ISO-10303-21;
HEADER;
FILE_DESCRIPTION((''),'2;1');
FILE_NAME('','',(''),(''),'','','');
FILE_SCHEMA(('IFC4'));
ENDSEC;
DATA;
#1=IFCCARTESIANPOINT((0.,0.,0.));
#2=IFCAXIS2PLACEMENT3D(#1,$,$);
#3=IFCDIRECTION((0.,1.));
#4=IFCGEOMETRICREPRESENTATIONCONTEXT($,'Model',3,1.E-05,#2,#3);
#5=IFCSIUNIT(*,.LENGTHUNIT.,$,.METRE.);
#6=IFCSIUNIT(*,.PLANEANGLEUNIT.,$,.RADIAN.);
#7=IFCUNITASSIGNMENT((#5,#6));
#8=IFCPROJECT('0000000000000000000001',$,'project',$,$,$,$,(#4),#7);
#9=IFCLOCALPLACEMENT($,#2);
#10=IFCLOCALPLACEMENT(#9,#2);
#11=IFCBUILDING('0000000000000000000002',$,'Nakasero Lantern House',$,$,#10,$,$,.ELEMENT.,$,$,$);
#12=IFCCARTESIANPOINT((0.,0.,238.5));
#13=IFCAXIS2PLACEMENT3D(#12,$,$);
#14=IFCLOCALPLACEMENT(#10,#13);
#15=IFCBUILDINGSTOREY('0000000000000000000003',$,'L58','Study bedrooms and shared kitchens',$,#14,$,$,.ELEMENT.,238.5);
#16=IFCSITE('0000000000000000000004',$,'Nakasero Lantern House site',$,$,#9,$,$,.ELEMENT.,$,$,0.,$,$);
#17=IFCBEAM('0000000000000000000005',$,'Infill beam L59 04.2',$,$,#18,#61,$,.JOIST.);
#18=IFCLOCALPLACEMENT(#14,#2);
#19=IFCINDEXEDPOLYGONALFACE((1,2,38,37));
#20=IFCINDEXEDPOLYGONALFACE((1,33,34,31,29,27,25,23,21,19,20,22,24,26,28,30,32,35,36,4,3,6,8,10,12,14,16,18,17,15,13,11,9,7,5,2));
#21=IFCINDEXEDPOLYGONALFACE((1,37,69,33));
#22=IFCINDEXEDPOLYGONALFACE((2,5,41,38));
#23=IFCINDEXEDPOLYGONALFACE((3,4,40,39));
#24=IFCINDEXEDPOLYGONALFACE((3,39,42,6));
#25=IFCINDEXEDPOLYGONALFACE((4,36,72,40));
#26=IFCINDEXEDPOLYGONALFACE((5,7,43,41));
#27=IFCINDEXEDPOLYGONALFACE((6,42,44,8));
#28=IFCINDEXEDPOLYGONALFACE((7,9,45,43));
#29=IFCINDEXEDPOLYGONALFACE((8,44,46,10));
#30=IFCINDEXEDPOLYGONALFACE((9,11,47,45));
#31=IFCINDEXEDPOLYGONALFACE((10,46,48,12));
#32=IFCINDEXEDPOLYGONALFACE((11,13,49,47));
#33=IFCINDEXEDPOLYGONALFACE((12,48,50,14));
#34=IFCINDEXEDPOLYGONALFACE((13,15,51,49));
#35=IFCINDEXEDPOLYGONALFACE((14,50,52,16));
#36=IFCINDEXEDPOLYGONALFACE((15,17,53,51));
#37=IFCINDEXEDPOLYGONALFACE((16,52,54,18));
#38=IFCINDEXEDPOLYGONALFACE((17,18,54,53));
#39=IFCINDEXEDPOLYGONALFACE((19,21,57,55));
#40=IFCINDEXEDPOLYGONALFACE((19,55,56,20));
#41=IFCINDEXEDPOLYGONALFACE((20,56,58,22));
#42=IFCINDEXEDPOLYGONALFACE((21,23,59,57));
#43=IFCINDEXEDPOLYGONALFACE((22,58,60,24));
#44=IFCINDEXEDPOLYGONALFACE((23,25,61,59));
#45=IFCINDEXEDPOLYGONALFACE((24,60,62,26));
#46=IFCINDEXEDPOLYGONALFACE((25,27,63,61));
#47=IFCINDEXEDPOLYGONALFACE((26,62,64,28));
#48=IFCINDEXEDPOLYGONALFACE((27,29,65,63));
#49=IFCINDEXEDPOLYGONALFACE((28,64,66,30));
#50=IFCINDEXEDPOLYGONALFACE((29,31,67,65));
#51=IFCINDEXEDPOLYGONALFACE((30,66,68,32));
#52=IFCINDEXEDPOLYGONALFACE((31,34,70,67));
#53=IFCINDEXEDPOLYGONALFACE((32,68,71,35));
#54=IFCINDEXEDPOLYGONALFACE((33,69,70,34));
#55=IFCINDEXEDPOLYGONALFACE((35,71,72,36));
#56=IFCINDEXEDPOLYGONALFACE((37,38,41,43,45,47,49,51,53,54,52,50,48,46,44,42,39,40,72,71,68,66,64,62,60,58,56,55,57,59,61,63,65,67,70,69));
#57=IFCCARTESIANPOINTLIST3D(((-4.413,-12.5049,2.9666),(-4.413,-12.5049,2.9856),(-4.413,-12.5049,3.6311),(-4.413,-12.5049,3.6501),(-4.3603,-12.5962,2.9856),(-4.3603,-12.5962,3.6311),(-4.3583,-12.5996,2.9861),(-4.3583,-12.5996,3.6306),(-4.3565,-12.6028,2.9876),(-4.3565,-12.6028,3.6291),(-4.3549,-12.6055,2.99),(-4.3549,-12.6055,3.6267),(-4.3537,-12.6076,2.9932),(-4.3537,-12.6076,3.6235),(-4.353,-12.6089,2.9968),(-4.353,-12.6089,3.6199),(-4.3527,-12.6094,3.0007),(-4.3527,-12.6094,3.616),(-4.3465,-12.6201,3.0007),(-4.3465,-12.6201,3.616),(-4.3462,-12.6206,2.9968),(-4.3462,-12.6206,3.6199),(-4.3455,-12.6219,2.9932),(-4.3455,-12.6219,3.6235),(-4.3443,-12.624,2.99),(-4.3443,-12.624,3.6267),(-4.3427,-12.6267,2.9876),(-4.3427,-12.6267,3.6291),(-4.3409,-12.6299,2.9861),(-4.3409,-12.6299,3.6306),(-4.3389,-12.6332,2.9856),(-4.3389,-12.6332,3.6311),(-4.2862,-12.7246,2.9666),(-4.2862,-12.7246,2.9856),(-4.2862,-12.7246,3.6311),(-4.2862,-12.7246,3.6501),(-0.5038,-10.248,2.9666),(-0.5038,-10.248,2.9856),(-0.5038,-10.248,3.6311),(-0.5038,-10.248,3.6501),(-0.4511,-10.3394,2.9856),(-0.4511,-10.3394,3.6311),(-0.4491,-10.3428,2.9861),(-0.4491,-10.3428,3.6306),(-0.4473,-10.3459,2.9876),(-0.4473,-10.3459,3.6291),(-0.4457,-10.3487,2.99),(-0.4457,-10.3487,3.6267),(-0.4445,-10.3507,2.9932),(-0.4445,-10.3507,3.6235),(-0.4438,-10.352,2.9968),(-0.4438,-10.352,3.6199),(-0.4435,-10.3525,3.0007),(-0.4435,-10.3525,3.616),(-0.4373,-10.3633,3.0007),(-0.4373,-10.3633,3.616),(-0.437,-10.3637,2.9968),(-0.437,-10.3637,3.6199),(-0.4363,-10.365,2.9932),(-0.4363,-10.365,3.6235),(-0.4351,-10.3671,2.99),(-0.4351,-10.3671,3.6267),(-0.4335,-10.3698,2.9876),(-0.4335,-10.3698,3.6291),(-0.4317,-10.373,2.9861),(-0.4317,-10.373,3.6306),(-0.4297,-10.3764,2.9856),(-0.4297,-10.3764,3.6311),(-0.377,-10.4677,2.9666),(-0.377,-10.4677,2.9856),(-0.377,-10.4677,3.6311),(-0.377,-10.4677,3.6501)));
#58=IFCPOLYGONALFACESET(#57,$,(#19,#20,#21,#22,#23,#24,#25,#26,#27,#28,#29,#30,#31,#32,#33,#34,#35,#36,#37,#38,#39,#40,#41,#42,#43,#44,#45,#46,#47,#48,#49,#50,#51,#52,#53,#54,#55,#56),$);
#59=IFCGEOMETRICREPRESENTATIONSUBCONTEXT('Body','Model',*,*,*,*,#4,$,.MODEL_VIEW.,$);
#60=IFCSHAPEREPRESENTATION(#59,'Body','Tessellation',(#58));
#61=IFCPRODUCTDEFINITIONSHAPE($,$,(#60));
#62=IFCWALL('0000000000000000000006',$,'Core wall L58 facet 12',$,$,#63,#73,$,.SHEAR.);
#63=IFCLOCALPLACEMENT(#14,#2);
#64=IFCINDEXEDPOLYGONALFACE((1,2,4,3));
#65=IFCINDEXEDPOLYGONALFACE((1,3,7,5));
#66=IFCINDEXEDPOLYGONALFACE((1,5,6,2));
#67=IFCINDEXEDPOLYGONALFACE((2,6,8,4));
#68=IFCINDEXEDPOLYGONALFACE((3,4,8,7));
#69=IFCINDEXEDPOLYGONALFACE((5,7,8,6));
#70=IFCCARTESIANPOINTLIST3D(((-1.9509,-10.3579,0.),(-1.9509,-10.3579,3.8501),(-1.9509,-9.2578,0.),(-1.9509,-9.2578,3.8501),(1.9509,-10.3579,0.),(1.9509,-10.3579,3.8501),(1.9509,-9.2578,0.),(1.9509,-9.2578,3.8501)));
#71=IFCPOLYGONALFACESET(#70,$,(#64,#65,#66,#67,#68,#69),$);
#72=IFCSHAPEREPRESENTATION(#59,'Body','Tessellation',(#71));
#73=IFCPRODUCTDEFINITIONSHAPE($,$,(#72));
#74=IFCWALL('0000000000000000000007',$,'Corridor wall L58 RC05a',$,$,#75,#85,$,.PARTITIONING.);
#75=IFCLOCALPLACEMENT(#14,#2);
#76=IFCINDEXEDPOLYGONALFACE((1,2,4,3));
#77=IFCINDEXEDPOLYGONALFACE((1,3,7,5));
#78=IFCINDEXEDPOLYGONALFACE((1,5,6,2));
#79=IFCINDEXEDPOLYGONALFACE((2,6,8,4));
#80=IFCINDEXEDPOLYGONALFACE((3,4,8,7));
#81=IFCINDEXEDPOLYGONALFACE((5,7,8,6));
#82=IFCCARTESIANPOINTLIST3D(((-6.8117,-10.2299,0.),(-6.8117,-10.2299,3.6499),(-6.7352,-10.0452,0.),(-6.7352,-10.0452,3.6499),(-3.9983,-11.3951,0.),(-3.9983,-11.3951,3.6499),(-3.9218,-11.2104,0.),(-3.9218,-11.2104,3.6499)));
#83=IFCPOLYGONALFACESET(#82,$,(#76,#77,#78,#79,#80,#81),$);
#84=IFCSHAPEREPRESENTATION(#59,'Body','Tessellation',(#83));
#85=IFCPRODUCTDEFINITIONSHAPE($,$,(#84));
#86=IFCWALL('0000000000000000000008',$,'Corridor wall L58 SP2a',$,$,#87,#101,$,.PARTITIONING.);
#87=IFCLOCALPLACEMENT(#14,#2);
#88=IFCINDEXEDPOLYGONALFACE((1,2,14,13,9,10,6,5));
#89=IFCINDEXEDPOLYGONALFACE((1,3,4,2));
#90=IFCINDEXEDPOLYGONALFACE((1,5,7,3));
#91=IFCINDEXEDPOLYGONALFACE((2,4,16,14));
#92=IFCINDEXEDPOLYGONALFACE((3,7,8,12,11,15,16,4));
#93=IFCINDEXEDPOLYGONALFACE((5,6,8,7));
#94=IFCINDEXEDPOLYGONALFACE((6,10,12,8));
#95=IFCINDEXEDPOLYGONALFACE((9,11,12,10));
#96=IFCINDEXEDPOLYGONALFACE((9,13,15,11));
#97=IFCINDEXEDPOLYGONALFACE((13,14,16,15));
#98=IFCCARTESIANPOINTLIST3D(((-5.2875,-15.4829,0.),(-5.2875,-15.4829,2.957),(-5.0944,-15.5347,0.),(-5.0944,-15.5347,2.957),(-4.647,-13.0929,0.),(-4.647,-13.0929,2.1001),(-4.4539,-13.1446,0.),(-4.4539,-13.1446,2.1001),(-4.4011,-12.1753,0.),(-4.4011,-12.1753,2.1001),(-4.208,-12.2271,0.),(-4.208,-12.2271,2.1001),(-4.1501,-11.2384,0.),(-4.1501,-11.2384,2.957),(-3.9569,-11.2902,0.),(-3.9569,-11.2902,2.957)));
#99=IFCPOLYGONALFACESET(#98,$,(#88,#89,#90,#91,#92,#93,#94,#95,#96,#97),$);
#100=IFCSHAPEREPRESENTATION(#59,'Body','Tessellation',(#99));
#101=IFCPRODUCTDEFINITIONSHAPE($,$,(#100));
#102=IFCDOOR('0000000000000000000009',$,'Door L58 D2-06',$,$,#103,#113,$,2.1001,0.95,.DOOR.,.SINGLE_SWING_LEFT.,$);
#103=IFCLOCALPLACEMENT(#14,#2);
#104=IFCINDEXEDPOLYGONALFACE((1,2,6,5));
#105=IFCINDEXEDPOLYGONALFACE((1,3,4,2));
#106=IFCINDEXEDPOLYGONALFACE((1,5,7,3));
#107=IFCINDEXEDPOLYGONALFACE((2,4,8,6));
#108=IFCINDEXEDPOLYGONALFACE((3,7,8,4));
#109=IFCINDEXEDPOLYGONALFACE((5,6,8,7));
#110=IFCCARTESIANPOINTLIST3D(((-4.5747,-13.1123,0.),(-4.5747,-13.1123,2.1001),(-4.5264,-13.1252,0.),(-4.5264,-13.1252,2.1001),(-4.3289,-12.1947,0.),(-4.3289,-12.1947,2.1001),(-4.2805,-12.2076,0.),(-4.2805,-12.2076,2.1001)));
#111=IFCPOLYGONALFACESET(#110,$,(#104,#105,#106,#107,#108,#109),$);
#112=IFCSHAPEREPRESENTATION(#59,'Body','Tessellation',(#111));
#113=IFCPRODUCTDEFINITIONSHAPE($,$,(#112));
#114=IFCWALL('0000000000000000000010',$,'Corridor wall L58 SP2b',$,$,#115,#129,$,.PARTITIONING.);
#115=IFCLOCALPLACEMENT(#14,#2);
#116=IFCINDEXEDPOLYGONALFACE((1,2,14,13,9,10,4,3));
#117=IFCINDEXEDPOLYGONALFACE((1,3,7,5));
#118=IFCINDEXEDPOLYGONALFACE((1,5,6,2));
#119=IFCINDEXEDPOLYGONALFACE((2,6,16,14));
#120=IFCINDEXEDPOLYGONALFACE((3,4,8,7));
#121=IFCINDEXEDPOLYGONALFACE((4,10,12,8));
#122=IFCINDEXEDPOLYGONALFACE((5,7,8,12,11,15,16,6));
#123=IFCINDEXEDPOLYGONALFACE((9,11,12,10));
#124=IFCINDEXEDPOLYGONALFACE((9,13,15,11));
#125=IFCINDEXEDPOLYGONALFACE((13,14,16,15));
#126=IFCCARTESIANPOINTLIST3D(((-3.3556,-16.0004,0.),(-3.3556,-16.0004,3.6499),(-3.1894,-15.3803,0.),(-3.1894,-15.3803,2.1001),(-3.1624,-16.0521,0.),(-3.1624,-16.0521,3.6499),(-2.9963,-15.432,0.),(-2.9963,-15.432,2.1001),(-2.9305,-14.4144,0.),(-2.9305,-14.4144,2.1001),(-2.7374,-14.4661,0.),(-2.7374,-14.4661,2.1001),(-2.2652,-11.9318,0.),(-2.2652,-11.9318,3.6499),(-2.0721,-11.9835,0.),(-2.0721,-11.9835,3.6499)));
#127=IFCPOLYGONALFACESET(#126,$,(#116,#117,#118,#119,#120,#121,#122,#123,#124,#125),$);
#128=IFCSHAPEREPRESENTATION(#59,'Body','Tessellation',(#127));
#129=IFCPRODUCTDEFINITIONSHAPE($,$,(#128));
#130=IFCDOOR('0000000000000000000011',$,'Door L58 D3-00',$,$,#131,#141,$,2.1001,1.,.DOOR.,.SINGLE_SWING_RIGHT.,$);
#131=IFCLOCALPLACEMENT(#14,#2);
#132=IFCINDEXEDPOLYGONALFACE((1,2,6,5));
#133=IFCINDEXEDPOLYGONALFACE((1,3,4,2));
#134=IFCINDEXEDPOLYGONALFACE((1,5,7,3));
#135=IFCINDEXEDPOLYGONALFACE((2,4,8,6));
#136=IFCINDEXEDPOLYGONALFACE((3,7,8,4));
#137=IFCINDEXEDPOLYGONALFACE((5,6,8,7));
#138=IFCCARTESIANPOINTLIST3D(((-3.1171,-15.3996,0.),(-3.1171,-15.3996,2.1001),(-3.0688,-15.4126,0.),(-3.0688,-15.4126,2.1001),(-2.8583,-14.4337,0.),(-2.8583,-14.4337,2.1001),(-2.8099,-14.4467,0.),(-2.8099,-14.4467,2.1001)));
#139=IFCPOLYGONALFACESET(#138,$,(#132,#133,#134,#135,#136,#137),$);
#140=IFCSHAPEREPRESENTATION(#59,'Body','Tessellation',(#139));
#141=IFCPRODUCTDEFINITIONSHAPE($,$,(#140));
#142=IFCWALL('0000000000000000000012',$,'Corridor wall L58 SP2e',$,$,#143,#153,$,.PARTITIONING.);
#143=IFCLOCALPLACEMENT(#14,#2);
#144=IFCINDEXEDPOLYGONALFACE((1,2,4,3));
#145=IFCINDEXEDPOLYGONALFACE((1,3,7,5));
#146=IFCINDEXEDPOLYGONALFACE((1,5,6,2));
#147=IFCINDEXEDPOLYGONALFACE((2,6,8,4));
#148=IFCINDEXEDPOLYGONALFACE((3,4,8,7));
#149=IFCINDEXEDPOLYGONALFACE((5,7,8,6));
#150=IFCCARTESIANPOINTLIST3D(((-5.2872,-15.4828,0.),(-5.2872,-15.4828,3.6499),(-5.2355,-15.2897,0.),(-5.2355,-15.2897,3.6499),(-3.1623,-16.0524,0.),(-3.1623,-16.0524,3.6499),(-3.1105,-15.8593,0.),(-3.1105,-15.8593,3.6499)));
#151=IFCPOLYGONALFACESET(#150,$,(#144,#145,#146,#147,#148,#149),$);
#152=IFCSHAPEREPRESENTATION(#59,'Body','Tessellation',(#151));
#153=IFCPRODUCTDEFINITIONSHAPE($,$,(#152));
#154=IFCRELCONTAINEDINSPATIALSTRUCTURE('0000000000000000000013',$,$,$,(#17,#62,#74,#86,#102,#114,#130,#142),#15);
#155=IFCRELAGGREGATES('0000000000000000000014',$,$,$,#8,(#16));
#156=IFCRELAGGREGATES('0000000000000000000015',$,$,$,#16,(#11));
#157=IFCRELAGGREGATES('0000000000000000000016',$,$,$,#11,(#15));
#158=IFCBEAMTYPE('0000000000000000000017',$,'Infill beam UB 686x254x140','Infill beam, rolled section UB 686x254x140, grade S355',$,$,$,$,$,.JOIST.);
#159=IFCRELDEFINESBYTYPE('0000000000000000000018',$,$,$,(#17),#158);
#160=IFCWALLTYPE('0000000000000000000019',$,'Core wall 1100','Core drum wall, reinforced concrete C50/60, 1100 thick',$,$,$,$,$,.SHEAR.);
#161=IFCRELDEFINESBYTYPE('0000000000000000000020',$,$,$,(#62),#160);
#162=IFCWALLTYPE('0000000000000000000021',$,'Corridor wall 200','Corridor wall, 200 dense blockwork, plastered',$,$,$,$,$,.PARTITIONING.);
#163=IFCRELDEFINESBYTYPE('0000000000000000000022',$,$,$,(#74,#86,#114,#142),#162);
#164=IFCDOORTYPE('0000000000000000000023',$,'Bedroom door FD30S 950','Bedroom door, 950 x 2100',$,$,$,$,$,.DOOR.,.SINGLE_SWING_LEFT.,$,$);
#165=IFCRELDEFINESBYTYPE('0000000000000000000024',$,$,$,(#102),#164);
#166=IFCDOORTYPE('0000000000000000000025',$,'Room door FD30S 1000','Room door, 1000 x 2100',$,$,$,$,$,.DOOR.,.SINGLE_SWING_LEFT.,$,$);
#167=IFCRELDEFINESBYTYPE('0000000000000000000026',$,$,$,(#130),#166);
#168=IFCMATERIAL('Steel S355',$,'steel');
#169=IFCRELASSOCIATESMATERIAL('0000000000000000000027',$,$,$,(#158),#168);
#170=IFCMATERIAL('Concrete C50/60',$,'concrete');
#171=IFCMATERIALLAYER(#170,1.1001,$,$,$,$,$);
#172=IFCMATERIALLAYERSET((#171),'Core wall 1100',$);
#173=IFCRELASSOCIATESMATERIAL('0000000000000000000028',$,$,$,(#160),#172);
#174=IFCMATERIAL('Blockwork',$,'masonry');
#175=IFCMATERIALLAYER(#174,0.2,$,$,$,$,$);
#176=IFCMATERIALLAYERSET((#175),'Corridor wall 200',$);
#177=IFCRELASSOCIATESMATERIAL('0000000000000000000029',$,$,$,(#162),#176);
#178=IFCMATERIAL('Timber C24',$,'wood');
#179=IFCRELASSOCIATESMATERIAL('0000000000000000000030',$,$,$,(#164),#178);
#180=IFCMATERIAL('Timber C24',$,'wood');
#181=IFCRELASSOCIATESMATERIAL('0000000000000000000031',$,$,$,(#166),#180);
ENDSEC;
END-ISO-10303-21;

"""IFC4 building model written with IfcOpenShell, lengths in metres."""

from ifc_helpers import new_model, si_unit, direction, frame, frame_2d, origin, origin_2d, place, context, subcontext, project, spatial, rectangle, i_section, extrude, material, layer, layer_set, material_profile, profile_set, type_object, element, fill, save


model = new_model("IFC4")

# Units and contexts
model_context = context("Model", 3, precision=1e-05, world=origin(), true_north=direction((0.0, 1.0)))
body_context = subcontext(model_context, "Body", "Model", "MODEL_VIEW")
ifc_project = project(units=[si_unit("LENGTHUNIT", "METRE"), si_unit("PLANEANGLEUNIT", "RADIAN")], contexts=[model_context])

# Site, building, storey
site_placement = place(None, origin())
site = spatial("IfcSite", under=ifc_project, at=site_placement, Name="Nakasero Lantern House site", CompositionType="ELEMENT", RefElevation=0.0)
building_placement = place(site_placement, origin())
building = spatial("IfcBuilding", under=site, at=building_placement, Name="Nakasero Lantern House", CompositionType="ELEMENT")
storey_placement = place(building_placement, frame((0.0, 0.0, 238.5)))
storey = spatial("IfcBuildingStorey", under=building, at=storey_placement, Name="L58", Description="Study bedrooms and shared kitchens", CompositionType="ELEMENT", Elevation=238.5)

# Beam
ifc_material_1 = material(Name="Steel S355", Category="steel")
ifc_material_profile = material_profile(ifc_material_1, i_section(OverallWidth=0.2537, OverallDepth=0.6836, WebThickness=0.0125, FlangeThickness=0.019, FilletRadius=0.0151, at=origin_2d()), Name="UB 686x254x140")
ifc_profile_set = profile_set([ifc_material_profile], Name="Steel S355")
beam_type = type_object("IfcBeamType", Name="Infill beam UB 686x254x140", Description="Infill beam, rolled section UB 686x254x140, grade S355", PredefinedType="JOIST", material=ifc_profile_set)
beam_placement = place(storey_placement, frame((-4.3496, -12.6147, 3.3083), z_axis=(0.866038, 0.499978, 0.0), x_axis=(-0.499978, 0.866038, 0.0)))
element("IfcBeam", 1, at=beam_placement, inside=storey, type_object=beam_type, Name="Infill beam L59 04.2", PredefinedType="JOIST", context=body_context, shape_type="SweptSolid", body=[
    extrude(i_section(OverallWidth=0.2537, OverallDepth=0.6836, WebThickness=0.0125, FlangeThickness=0.019, FilletRadius=0.0151, at=origin_2d()), origin(), (0.0, 0.0, 1.0), 4.5139),
])

# Walls
ifc_material_2 = material(Name="Concrete C50/60", Category="concrete")
ifc_layer_1 = layer(ifc_material_2, 1.1001)
ifc_layer_set_1 = layer_set([ifc_layer_1], Name="Core wall 1100")
wall_type_1 = type_object("IfcWallType", Name="Core wall 1100", Description="Core drum wall, reinforced concrete C50/60, 1100 thick", PredefinedType="SHEAR", material=ifc_layer_set_1)
wall_1_placement = place(storey_placement, frame((-1.9509, -9.8079, 0.0), z_axis=(0.0, 0.0, 1.0), x_axis=(1.0, 0.0, 0.0)))
element("IfcWall", 2, at=wall_1_placement, inside=storey, type_object=wall_type_1, Name="Core wall L58 facet 12", PredefinedType="SHEAR", context=body_context, shape_type="SweptSolid", body=[
    extrude(rectangle(XDim=3.9019, YDim=1.1001, at=frame_2d((1.9509, 0.0))), origin(), (0.0, 0.0, 1.0), 3.8501),
])
ifc_material_3 = material(Name="Blockwork", Category="masonry")
ifc_layer_2 = layer(ifc_material_3, 0.2)
ifc_layer_set_2 = layer_set([ifc_layer_2], Name="Corridor wall 200")
wall_type_2 = type_object("IfcWallType", Name="Corridor wall 200", Description="Corridor wall, 200 dense blockwork, plastered", PredefinedType="PARTITIONING", material=ifc_layer_set_2)
wall_2_placement = place(storey_placement, frame((-3.9602, -11.3027, 0.0), z_axis=(0.0, 0.0, 1.0), x_axis=(-0.923891, 0.382656, 0.0)))
element("IfcWall", 3, at=wall_2_placement, inside=storey, type_object=wall_type_2, Name="Corridor wall L58 RC05a", PredefinedType="PARTITIONING", context=body_context, shape_type="SweptSolid", body=[
    extrude(rectangle(XDim=3.0452, YDim=0.2, at=frame_2d((1.5225, 0.0))), origin(), (0.0, 0.0, 1.0), 3.6499),
])

# Walls, openings, doors
wall_3_placement = place(storey_placement, frame((-4.0535, -11.2642, 0.0), z_axis=(0.0, 0.0, 1.0), x_axis=(-0.258842, -0.96592, 0.0)))
wall_3 = element("IfcWall", 4, at=wall_3_placement, inside=storey, type_object=wall_type_2, Name="Corridor wall L58 SP2a", PredefinedType="PARTITIONING", context=body_context, shape_type="SweptSolid", body=[
    extrude(rectangle(XDim=4.3943, YDim=0.2, at=frame_2d((2.1973, 0.0))), origin(), (0.0, 0.0, 1.0), 2.957),
])
opening_1_placement = place(wall_3_placement, frame((0.97, 0.0, 0.0)))
opening_1 = element("IfcOpeningElement", 5, at=opening_1_placement, cuts=wall_3, PredefinedType="OPENING", context=body_context, shape_type="SweptSolid", body=[
    extrude(rectangle(XDim=0.95, YDim=2.1001, at=frame_2d((0.4751, 1.05))), frame((0.0, 0.1199, 0.0), z_axis=(0.0, -1.0, 0.0), x_axis=(1.0, 0.0, 0.0)), (0.0, 0.0, 1.0), 0.24),
])
ifc_material_4 = material(Name="Timber C24", Category="wood")
door_type_1 = type_object("IfcDoorType", Name="Bedroom door FD30S 950", Description="Bedroom door, 950 x 2100", OperationType="SINGLE_SWING_LEFT", PredefinedType="DOOR", material=ifc_material_4)
door_1_placement = place(opening_1_placement, origin())
door_1 = element("IfcDoor", 6, at=door_1_placement, inside=storey, type_object=door_type_1, Name="Door L58 D2-06", OperationType="SINGLE_SWING_LEFT", OverallHeight=2.1001, OverallWidth=0.95, PredefinedType="DOOR", context=body_context, shape_type="SweptSolid", body=[
    extrude(rectangle(XDim=0.95, YDim=2.1001, at=frame_2d((0.4751, 1.05))), frame((0.0, 0.0249, 0.0), z_axis=(0.0, -1.0, 0.0), x_axis=(1.0, 0.0, 0.0)), (0.0, 0.0, 1.0), 0.05),
])
fill(opening_1, door_1)
wall_4_placement = place(storey_placement, frame((-2.1687, -11.9578, 0.0), z_axis=(0.0, 0.0, 1.0), x_axis=(-0.258853, -0.965917, 0.0)))
wall_4 = element("IfcWall", 7, at=wall_4_placement, inside=storey, type_object=wall_type_2, Name="Corridor wall L58 SP2b", PredefinedType="PARTITIONING", context=body_context, shape_type="SweptSolid", body=[
    extrude(rectangle(XDim=4.2122, YDim=0.2, at=frame_2d((2.106, 0.0))), origin(), (0.0, 0.0, 1.0), 3.6499),
])
opening_2_placement = place(wall_4_placement, frame((2.5701, 0.0, 0.0)))
opening_2 = element("IfcOpeningElement", 8, at=opening_2_placement, cuts=wall_4, PredefinedType="OPENING", context=body_context, shape_type="SweptSolid", body=[
    extrude(rectangle(XDim=1.0, YDim=2.1001, at=frame_2d((0.5, 1.05))), frame((0.0, 0.1199, 0.0), z_axis=(0.0, -1.0, 0.0), x_axis=(1.0, 0.0, 0.0)), (0.0, 0.0, 1.0), 0.24),
])
ifc_material_5 = material(Name="Timber C24", Category="wood")
door_type_2 = type_object("IfcDoorType", Name="Room door FD30S 1000", Description="Room door, 1000 x 2100", OperationType="SINGLE_SWING_LEFT", PredefinedType="DOOR", material=ifc_material_5)
door_2_placement = place(opening_2_placement, origin())
door_2 = element("IfcDoor", 9, at=door_2_placement, inside=storey, type_object=door_type_2, Name="Door L58 D3-00", OperationType="SINGLE_SWING_RIGHT", OverallHeight=2.1001, OverallWidth=1.0, PredefinedType="DOOR", context=body_context, shape_type="SweptSolid", body=[
    extrude(rectangle(XDim=1.0, YDim=2.1001, at=frame_2d((0.5, 1.05))), frame((0.0, 0.0249, 0.0), z_axis=(0.0, -1.0, 0.0), x_axis=(1.0, 0.0, 0.0)), (0.0, 0.0, 1.0), 0.05),
])
fill(opening_2, door_2)

# Wall
wall_5_placement = place(storey_placement, frame((-5.2615, -15.3862, 0.0), z_axis=(0.0, 0.0, 1.0), x_axis=(0.965904, -0.258899, 0.0)))
element("IfcWall", 10, at=wall_5_placement, inside=storey, type_object=wall_type_2, Name="Corridor wall L58 SP2e", PredefinedType="PARTITIONING", context=body_context, shape_type="SweptSolid", body=[
    extrude(rectangle(XDim=2.2, YDim=0.2, at=frame_2d((1.1001, 0.0))), origin(), (0.0, 0.0, 1.0), 3.6499),
])

save(model, "model.ifc")
